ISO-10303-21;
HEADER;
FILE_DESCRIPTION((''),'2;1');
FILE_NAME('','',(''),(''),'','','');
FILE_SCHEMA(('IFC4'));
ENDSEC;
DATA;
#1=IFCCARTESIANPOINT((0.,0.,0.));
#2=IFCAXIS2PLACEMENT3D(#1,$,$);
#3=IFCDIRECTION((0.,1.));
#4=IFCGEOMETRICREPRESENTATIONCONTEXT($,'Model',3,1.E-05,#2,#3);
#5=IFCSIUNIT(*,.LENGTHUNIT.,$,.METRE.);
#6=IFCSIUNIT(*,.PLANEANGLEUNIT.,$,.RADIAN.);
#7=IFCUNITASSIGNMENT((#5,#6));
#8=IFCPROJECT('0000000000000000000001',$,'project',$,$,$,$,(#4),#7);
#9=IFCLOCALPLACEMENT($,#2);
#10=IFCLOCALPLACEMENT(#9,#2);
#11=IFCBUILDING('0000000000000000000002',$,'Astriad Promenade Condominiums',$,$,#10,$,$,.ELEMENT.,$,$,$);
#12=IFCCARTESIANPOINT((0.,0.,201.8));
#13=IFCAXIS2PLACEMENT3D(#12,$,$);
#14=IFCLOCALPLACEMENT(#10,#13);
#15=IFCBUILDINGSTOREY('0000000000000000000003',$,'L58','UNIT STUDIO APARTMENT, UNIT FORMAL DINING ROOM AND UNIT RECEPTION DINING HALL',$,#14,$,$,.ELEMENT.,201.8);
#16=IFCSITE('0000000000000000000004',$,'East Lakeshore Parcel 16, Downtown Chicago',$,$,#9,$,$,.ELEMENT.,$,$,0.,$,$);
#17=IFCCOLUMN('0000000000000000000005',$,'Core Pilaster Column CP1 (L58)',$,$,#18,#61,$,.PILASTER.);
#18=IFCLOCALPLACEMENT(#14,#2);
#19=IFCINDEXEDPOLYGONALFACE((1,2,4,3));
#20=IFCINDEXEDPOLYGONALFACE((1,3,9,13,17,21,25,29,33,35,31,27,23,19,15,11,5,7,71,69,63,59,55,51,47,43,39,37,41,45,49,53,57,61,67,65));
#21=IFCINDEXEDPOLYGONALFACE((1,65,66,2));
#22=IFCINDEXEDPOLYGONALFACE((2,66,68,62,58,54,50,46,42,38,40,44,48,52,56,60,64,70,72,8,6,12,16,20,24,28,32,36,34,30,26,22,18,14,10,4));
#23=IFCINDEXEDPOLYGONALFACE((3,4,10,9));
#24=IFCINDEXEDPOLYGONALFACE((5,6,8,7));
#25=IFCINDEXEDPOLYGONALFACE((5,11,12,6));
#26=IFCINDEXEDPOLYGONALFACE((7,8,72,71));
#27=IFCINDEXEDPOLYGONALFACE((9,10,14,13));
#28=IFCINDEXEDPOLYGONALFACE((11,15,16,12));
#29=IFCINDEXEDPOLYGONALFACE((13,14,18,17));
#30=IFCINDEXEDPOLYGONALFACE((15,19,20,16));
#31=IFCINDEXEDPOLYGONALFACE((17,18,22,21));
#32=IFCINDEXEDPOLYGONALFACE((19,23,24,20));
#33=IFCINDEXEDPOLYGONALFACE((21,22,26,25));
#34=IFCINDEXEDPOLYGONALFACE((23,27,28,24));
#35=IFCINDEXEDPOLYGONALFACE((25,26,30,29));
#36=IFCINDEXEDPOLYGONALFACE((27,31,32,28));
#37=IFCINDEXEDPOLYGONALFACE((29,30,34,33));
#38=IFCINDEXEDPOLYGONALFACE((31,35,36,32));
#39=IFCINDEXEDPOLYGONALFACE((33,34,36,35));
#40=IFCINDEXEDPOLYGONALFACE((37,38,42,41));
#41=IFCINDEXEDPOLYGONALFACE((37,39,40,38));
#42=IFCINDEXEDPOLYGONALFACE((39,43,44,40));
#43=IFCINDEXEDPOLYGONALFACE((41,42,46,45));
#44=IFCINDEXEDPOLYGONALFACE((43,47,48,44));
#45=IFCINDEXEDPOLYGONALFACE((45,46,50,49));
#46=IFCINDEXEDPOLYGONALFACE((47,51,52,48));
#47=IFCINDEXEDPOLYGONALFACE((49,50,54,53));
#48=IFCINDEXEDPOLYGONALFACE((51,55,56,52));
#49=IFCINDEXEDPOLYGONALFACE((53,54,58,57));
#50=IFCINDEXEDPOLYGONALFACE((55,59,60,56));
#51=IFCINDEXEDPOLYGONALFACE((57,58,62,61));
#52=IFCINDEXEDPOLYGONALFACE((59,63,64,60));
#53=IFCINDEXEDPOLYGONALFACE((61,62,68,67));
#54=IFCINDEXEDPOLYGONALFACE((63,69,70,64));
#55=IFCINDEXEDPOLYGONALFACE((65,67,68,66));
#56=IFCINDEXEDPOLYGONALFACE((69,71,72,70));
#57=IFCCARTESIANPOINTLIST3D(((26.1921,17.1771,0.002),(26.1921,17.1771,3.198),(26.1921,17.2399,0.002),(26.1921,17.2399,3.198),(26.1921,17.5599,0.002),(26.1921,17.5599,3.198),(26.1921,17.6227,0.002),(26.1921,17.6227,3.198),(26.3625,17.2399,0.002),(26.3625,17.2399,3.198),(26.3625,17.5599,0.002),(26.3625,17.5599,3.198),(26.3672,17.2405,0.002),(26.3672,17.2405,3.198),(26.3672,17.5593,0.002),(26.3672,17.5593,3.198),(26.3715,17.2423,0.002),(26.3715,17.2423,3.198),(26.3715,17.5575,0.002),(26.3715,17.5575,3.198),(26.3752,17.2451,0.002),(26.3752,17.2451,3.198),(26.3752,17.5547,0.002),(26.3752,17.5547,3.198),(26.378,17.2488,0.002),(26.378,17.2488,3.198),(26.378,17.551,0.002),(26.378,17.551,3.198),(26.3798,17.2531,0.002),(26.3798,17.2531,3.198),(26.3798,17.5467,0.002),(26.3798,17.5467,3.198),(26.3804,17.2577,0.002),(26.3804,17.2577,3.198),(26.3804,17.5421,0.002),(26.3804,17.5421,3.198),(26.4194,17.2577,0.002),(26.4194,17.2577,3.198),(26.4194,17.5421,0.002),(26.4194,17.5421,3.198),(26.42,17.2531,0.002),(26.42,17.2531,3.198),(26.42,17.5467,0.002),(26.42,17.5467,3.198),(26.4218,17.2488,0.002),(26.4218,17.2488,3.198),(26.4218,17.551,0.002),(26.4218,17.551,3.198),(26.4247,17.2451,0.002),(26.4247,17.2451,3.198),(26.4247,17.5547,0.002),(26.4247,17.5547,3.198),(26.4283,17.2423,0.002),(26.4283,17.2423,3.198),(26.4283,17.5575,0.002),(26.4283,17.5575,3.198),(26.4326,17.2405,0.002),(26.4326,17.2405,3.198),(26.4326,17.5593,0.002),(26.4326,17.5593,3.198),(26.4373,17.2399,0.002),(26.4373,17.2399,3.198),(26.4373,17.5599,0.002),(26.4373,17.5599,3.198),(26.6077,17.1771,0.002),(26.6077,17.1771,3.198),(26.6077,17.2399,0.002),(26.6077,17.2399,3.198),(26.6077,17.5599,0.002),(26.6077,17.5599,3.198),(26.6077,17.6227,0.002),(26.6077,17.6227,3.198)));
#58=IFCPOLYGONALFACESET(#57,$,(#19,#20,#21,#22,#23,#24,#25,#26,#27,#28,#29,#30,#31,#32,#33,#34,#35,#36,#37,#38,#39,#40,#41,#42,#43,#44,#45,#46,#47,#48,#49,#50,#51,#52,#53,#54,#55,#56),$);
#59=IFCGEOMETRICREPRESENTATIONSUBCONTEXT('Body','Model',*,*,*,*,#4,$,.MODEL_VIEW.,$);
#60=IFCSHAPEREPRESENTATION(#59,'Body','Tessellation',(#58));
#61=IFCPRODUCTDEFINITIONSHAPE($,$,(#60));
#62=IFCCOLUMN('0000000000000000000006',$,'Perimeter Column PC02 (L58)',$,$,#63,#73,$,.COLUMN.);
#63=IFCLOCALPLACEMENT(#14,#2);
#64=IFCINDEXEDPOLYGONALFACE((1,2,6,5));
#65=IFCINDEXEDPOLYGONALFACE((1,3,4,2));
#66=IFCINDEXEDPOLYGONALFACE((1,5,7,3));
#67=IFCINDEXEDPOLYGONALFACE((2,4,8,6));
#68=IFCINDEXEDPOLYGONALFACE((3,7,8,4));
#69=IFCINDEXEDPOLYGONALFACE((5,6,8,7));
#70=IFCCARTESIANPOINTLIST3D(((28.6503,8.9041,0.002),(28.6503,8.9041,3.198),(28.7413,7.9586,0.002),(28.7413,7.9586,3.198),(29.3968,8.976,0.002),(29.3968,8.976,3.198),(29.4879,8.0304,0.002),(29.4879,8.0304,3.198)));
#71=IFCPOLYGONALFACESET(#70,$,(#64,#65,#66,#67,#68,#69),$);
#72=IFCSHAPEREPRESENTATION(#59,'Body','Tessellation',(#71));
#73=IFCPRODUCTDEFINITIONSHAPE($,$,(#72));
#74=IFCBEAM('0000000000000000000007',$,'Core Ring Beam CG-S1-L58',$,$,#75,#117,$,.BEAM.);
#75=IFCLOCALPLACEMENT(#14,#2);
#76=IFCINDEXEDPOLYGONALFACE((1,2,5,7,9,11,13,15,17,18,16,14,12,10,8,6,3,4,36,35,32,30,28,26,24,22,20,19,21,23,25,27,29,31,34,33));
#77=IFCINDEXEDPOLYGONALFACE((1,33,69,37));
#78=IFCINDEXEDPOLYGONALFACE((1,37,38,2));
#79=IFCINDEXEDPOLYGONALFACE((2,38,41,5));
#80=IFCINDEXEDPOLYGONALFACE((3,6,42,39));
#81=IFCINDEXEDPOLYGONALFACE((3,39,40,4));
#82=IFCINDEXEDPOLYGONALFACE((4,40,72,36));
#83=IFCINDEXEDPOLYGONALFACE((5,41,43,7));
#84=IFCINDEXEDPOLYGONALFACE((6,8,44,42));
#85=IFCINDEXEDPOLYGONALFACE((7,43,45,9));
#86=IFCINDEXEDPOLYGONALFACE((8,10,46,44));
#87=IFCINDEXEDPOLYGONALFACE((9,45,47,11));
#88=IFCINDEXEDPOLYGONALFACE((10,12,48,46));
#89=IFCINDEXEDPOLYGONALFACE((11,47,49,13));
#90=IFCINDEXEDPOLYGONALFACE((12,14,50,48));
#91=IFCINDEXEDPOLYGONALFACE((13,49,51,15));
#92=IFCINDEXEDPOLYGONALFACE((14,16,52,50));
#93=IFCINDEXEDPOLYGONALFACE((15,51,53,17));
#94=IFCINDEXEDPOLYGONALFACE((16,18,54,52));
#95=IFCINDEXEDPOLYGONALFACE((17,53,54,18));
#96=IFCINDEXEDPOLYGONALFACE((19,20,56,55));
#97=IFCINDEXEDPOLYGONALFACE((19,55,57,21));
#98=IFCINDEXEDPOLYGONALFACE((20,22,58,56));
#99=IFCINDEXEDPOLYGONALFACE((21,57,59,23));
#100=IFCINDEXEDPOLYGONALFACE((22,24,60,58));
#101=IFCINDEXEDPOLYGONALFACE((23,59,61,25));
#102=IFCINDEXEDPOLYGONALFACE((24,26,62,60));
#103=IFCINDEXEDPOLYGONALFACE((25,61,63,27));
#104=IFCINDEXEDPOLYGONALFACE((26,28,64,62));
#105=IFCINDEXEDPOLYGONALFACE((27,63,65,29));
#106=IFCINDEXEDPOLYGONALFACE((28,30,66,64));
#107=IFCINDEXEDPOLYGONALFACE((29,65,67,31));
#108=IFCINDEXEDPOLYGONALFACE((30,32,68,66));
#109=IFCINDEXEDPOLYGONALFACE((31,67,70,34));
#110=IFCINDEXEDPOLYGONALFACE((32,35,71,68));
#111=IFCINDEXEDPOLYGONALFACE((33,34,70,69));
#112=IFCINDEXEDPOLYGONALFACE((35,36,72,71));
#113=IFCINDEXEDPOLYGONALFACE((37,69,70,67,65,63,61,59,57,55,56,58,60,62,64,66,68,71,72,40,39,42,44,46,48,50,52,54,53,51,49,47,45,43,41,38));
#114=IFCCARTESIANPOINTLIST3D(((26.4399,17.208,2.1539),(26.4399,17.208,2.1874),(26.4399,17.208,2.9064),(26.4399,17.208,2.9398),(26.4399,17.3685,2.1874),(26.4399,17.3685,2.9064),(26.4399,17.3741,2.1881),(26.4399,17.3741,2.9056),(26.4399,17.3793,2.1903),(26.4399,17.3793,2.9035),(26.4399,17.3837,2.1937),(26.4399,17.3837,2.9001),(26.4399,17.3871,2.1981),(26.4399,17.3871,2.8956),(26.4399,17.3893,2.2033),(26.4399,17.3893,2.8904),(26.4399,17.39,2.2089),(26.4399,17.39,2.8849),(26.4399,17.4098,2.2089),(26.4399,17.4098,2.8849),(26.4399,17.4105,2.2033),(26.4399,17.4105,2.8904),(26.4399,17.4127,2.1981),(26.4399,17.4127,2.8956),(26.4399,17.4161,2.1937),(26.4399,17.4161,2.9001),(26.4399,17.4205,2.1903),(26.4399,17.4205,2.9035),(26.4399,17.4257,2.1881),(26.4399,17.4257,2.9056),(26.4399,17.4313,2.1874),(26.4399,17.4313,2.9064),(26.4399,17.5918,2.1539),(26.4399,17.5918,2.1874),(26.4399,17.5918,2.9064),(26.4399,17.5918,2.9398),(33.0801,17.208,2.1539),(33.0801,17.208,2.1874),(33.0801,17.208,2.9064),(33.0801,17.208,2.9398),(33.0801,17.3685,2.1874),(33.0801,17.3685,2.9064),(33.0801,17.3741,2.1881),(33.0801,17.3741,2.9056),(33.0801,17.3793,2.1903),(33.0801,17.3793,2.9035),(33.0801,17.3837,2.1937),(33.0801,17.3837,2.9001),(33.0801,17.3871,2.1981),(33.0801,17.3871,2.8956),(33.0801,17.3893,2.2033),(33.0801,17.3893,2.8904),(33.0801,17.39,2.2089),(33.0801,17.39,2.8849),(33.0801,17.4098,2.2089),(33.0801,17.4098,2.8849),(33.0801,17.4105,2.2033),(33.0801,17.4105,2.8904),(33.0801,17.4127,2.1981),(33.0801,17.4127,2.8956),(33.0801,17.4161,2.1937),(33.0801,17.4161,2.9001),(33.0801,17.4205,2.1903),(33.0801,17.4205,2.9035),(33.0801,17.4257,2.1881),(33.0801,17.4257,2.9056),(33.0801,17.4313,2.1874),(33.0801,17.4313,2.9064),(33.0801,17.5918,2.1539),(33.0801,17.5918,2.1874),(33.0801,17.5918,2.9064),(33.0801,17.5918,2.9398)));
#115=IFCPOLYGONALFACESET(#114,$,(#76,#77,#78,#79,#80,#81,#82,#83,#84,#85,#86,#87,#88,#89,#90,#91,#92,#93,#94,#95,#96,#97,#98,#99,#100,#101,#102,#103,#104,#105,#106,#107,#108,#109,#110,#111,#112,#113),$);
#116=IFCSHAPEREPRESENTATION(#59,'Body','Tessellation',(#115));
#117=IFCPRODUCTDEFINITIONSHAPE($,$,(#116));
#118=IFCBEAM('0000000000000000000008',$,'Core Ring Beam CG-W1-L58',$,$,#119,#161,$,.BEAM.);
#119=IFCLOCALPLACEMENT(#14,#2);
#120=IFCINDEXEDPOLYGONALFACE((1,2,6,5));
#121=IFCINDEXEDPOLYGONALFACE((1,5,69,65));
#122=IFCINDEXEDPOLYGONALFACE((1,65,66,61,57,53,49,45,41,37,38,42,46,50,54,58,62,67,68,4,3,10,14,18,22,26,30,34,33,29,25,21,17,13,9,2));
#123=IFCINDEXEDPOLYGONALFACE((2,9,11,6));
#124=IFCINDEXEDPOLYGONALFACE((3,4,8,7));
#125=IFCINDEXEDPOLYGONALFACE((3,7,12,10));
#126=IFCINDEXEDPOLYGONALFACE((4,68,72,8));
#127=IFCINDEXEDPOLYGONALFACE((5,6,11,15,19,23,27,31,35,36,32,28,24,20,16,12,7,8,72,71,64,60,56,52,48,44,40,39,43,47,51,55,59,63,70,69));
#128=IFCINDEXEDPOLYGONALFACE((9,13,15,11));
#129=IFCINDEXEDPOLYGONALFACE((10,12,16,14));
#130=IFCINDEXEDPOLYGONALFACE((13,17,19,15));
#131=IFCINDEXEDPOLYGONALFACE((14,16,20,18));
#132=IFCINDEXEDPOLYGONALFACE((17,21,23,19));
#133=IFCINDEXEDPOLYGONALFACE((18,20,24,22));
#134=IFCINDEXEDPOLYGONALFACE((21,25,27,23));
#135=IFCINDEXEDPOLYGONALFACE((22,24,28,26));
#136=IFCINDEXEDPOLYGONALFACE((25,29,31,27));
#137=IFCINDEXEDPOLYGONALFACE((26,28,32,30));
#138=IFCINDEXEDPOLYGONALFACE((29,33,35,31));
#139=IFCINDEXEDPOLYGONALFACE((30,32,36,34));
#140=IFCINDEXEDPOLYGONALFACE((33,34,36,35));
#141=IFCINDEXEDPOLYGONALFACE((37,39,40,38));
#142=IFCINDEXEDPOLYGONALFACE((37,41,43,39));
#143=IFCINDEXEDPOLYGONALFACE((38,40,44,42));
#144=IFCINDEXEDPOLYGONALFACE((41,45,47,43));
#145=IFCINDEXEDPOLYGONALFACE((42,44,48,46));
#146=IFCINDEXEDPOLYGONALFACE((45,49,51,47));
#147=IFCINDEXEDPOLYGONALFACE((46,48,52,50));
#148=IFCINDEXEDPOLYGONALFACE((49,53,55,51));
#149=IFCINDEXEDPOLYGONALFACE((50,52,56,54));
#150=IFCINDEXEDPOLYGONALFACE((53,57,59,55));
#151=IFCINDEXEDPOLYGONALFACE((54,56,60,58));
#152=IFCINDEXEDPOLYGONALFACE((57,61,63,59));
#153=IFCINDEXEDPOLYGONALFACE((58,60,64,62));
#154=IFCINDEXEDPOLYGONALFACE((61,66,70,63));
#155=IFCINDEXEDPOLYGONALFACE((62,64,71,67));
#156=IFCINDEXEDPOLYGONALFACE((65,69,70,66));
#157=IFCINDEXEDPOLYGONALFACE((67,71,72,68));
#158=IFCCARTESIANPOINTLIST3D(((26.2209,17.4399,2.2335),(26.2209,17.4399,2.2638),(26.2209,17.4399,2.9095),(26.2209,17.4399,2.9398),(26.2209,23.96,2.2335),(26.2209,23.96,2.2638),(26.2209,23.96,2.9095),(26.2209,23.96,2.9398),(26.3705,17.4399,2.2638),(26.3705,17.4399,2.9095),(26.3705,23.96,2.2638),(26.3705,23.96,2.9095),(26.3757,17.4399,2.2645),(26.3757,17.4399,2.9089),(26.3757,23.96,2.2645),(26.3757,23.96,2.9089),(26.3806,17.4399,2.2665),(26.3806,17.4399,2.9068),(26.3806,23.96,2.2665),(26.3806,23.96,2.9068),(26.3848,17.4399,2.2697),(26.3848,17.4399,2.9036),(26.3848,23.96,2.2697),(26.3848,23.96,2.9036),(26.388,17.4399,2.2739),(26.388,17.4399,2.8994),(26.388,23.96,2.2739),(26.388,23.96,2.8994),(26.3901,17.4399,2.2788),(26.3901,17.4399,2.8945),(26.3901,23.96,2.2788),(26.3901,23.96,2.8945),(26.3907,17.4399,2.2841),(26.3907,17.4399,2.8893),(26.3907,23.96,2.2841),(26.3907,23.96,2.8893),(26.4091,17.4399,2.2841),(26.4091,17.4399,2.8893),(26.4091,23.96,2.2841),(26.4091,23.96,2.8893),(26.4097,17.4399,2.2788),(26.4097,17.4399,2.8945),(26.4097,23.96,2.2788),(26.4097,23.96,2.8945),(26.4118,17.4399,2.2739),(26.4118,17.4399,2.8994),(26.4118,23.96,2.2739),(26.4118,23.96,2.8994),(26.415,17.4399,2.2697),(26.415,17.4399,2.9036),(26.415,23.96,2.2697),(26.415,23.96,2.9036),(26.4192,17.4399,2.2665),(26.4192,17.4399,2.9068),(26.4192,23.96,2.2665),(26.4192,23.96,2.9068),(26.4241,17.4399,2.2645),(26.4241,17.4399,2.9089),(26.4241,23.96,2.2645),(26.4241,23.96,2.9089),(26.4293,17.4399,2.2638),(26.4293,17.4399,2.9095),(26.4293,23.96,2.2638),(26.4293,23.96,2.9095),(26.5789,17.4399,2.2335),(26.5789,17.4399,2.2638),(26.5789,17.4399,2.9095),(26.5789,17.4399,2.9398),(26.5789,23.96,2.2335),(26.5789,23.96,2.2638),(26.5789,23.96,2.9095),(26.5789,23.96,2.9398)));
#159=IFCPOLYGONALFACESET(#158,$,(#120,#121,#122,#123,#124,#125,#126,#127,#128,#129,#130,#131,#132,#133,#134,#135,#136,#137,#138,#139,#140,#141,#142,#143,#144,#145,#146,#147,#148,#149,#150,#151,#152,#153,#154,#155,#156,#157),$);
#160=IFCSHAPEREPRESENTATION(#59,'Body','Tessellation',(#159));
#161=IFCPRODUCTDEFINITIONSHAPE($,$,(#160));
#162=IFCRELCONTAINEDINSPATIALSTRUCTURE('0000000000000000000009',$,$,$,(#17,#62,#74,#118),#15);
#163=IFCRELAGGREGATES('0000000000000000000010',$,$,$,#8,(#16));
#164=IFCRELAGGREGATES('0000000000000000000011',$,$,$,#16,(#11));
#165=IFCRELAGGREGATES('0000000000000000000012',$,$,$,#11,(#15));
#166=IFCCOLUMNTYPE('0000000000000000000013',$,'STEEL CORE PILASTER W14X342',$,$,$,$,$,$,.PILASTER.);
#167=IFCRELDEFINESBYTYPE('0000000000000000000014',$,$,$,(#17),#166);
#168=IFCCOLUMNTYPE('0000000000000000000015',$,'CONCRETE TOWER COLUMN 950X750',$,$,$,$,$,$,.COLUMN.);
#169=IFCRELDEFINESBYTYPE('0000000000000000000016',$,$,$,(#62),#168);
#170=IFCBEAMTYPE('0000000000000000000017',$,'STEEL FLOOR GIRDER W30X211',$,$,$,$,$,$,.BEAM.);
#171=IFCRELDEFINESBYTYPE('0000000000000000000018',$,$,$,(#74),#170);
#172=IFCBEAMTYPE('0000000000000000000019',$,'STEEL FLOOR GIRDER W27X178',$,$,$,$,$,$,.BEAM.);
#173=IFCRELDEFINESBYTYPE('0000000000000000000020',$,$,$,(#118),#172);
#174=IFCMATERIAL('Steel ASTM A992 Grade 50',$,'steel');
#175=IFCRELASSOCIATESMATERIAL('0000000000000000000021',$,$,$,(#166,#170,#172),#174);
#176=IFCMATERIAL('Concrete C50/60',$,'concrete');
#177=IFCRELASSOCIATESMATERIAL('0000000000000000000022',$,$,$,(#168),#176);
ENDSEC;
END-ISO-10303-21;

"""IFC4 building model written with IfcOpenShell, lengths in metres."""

from ifc_helpers import new_model, si_unit, direction, frame, origin, origin_2d, place, context, subcontext, project, spatial, rectangle, i_section, extrude, source, transform, mapped, material, material_profile, profile_set, type_object, type_shapes, element, save


model = new_model("IFC4")

# Units and contexts
model_context = context("Model", 3, precision=1e-05, world=origin(), true_north=direction((0.0, 1.0)))
body_context = subcontext(model_context, "Body", "Model", "MODEL_VIEW")
ifc_project = project(units=[si_unit("LENGTHUNIT", "METRE"), si_unit("PLANEANGLEUNIT", "RADIAN")], contexts=[model_context])

# Site, building, storey
site_placement = place(None, origin())
site = spatial("IfcSite", under=ifc_project, at=site_placement, Name="East Lakeshore Parcel 16, Downtown Chicago", CompositionType="ELEMENT", RefElevation=0.0)
building_placement = place(site_placement, origin())
building = spatial("IfcBuilding", under=site, at=building_placement, Name="Astriad Promenade Condominiums", CompositionType="ELEMENT")
storey_placement = place(building_placement, frame((0.0, 0.0, 201.8)))
storey = spatial("IfcBuildingStorey", under=building, at=storey_placement, Name="L58", Description="UNIT STUDIO APARTMENT, UNIT FORMAL DINING ROOM AND UNIT RECEPTION DINING HALL", CompositionType="ELEMENT", Elevation=201.8)

# Columns
ifc_material_1 = material(Name="Steel ASTM A992 Grade 50", Category="steel")
ifc_material_profile_1 = material_profile(ifc_material_1, i_section(OverallWidth=0.4155, OverallDepth=0.4456, WebThickness=0.0391, FlangeThickness=0.0627, FilletRadius=0.0178, at=origin_2d()), Name="W14X342")
ifc_profile_set_1 = profile_set([ifc_material_profile_1], Name="Steel ASTM A992 Grade 50")
column_type_1 = type_object("IfcColumnType", Name="STEEL CORE PILASTER W14X342", PredefinedType="PILASTER", material=ifc_profile_set_1)
shared_shape_1 = source(origin(), body_context, "Body", "SweptSolid", [
    extrude(i_section(OverallWidth=0.4155, OverallDepth=0.4456, WebThickness=0.0391, FlangeThickness=0.0627, FilletRadius=0.0178, at=origin_2d()), origin(), (0.0, 0.0, 1.0), 3.196),
])
type_shapes(column_type_1, [shared_shape_1])
column_1_placement = place(storey_placement, frame((26.3999, 17.3999, 0.002), z_axis=(0.0, 0.0, 1.0), x_axis=(1.0, 0.0, 0.0)))
element("IfcColumn", 1, at=column_1_placement, inside=storey, type_object=column_type_1, Name="Core Pilaster Column CP1 (L58)", PredefinedType="PILASTER", context=body_context, shape_type="MappedRepresentation", body=[
    mapped(shared_shape_1, transform((0.0, 0.0, 0.0), scale=1.0)),
])
ifc_material_2 = material(Name="Concrete C50/60", Category="concrete")
ifc_material_profile_2 = material_profile(ifc_material_2, rectangle(XDim=0.75, YDim=0.95, at=origin_2d()), Name="RC-COL-950X750")
ifc_profile_set_2 = profile_set([ifc_material_profile_2], Name="Concrete C50/60")
column_type_2 = type_object("IfcColumnType", Name="CONCRETE TOWER COLUMN 950X750", PredefinedType="COLUMN", material=ifc_profile_set_2)
shared_shape_2 = source(origin(), body_context, "Body", "SweptSolid", [
    extrude(rectangle(XDim=0.75, YDim=0.95, at=origin_2d()), origin(), (0.0, 0.0, 1.0), 3.196),
])
type_shapes(column_type_2, [shared_shape_2])
column_2_placement = place(storey_placement, frame((29.0691, 8.4673, 0.002), z_axis=(0.0, 0.0, 1.0), x_axis=(0.995396, 0.095846, 0.0)))
element("IfcColumn", 2, at=column_2_placement, inside=storey, type_object=column_type_2, Name="Perimeter Column PC02 (L58)", PredefinedType="COLUMN", context=body_context, shape_type="MappedRepresentation", body=[
    mapped(shared_shape_2, transform((0.0, 0.0, 0.0), scale=1.0)),
])

# Beams
ifc_material_profile_3 = material_profile(ifc_material_1, i_section(OverallWidth=0.3838, OverallDepth=0.7859, WebThickness=0.0198, FlangeThickness=0.0334, FilletRadius=0.0215, at=origin_2d()), Name="W30X211")
ifc_profile_set_3 = profile_set([ifc_material_profile_3], Name="Steel ASTM A992 Grade 50")
beam_type_1 = type_object("IfcBeamType", Name="STEEL FLOOR GIRDER W30X211", PredefinedType="BEAM", material=ifc_profile_set_3)
shared_shape_3 = source(origin(), body_context, "Body", "SweptSolid", [
    extrude(i_section(OverallWidth=0.3838, OverallDepth=0.7859, WebThickness=0.0198, FlangeThickness=0.0334, FilletRadius=0.0215, at=origin_2d()), origin(), (0.0, 0.0, 1.0), 6.6401),
])
type_shapes(beam_type_1, [shared_shape_3])
beam_1_placement = place(storey_placement, frame((26.4399, 17.3999, 2.5469), z_axis=(1.0, 0.0, 0.0), x_axis=(0.0, 1.0, 0.0)))
element("IfcBeam", 3, at=beam_1_placement, inside=storey, type_object=beam_type_1, Name="Core Ring Beam CG-S1-L58", PredefinedType="BEAM", context=body_context, shape_type="MappedRepresentation", body=[
    mapped(shared_shape_3, transform((0.0, 0.0, 0.0), scale=1.0)),
])
ifc_material_profile_4 = material_profile(ifc_material_1, i_section(OverallWidth=0.3579, OverallDepth=0.7063, WebThickness=0.0183, FlangeThickness=0.0303, FilletRadius=0.0203, at=origin_2d()), Name="W27X178")
ifc_profile_set_4 = profile_set([ifc_material_profile_4], Name="Steel ASTM A992 Grade 50")
beam_type_2 = type_object("IfcBeamType", Name="STEEL FLOOR GIRDER W27X178", PredefinedType="BEAM", material=ifc_profile_set_4)
shared_shape_4 = source(origin(), body_context, "Body", "SweptSolid", [
    extrude(i_section(OverallWidth=0.3579, OverallDepth=0.7063, WebThickness=0.0183, FlangeThickness=0.0303, FilletRadius=0.0203, at=origin_2d()), origin(), (0.0, 0.0, 1.0), 6.52),
])
type_shapes(beam_type_2, [shared_shape_4])
beam_2_placement = place(storey_placement, frame((26.3999, 17.4399, 2.5867), z_axis=(0.0, 1.0, 0.0), x_axis=(-1.0, 0.0, 0.0)))
element("IfcBeam", 4, at=beam_2_placement, inside=storey, type_object=beam_type_2, Name="Core Ring Beam CG-W1-L58", PredefinedType="BEAM", context=body_context, shape_type="MappedRepresentation", body=[
    mapped(shared_shape_4, transform((0.0, 0.0, 0.0), scale=1.0)),
])

save(model, "model.ifc")
